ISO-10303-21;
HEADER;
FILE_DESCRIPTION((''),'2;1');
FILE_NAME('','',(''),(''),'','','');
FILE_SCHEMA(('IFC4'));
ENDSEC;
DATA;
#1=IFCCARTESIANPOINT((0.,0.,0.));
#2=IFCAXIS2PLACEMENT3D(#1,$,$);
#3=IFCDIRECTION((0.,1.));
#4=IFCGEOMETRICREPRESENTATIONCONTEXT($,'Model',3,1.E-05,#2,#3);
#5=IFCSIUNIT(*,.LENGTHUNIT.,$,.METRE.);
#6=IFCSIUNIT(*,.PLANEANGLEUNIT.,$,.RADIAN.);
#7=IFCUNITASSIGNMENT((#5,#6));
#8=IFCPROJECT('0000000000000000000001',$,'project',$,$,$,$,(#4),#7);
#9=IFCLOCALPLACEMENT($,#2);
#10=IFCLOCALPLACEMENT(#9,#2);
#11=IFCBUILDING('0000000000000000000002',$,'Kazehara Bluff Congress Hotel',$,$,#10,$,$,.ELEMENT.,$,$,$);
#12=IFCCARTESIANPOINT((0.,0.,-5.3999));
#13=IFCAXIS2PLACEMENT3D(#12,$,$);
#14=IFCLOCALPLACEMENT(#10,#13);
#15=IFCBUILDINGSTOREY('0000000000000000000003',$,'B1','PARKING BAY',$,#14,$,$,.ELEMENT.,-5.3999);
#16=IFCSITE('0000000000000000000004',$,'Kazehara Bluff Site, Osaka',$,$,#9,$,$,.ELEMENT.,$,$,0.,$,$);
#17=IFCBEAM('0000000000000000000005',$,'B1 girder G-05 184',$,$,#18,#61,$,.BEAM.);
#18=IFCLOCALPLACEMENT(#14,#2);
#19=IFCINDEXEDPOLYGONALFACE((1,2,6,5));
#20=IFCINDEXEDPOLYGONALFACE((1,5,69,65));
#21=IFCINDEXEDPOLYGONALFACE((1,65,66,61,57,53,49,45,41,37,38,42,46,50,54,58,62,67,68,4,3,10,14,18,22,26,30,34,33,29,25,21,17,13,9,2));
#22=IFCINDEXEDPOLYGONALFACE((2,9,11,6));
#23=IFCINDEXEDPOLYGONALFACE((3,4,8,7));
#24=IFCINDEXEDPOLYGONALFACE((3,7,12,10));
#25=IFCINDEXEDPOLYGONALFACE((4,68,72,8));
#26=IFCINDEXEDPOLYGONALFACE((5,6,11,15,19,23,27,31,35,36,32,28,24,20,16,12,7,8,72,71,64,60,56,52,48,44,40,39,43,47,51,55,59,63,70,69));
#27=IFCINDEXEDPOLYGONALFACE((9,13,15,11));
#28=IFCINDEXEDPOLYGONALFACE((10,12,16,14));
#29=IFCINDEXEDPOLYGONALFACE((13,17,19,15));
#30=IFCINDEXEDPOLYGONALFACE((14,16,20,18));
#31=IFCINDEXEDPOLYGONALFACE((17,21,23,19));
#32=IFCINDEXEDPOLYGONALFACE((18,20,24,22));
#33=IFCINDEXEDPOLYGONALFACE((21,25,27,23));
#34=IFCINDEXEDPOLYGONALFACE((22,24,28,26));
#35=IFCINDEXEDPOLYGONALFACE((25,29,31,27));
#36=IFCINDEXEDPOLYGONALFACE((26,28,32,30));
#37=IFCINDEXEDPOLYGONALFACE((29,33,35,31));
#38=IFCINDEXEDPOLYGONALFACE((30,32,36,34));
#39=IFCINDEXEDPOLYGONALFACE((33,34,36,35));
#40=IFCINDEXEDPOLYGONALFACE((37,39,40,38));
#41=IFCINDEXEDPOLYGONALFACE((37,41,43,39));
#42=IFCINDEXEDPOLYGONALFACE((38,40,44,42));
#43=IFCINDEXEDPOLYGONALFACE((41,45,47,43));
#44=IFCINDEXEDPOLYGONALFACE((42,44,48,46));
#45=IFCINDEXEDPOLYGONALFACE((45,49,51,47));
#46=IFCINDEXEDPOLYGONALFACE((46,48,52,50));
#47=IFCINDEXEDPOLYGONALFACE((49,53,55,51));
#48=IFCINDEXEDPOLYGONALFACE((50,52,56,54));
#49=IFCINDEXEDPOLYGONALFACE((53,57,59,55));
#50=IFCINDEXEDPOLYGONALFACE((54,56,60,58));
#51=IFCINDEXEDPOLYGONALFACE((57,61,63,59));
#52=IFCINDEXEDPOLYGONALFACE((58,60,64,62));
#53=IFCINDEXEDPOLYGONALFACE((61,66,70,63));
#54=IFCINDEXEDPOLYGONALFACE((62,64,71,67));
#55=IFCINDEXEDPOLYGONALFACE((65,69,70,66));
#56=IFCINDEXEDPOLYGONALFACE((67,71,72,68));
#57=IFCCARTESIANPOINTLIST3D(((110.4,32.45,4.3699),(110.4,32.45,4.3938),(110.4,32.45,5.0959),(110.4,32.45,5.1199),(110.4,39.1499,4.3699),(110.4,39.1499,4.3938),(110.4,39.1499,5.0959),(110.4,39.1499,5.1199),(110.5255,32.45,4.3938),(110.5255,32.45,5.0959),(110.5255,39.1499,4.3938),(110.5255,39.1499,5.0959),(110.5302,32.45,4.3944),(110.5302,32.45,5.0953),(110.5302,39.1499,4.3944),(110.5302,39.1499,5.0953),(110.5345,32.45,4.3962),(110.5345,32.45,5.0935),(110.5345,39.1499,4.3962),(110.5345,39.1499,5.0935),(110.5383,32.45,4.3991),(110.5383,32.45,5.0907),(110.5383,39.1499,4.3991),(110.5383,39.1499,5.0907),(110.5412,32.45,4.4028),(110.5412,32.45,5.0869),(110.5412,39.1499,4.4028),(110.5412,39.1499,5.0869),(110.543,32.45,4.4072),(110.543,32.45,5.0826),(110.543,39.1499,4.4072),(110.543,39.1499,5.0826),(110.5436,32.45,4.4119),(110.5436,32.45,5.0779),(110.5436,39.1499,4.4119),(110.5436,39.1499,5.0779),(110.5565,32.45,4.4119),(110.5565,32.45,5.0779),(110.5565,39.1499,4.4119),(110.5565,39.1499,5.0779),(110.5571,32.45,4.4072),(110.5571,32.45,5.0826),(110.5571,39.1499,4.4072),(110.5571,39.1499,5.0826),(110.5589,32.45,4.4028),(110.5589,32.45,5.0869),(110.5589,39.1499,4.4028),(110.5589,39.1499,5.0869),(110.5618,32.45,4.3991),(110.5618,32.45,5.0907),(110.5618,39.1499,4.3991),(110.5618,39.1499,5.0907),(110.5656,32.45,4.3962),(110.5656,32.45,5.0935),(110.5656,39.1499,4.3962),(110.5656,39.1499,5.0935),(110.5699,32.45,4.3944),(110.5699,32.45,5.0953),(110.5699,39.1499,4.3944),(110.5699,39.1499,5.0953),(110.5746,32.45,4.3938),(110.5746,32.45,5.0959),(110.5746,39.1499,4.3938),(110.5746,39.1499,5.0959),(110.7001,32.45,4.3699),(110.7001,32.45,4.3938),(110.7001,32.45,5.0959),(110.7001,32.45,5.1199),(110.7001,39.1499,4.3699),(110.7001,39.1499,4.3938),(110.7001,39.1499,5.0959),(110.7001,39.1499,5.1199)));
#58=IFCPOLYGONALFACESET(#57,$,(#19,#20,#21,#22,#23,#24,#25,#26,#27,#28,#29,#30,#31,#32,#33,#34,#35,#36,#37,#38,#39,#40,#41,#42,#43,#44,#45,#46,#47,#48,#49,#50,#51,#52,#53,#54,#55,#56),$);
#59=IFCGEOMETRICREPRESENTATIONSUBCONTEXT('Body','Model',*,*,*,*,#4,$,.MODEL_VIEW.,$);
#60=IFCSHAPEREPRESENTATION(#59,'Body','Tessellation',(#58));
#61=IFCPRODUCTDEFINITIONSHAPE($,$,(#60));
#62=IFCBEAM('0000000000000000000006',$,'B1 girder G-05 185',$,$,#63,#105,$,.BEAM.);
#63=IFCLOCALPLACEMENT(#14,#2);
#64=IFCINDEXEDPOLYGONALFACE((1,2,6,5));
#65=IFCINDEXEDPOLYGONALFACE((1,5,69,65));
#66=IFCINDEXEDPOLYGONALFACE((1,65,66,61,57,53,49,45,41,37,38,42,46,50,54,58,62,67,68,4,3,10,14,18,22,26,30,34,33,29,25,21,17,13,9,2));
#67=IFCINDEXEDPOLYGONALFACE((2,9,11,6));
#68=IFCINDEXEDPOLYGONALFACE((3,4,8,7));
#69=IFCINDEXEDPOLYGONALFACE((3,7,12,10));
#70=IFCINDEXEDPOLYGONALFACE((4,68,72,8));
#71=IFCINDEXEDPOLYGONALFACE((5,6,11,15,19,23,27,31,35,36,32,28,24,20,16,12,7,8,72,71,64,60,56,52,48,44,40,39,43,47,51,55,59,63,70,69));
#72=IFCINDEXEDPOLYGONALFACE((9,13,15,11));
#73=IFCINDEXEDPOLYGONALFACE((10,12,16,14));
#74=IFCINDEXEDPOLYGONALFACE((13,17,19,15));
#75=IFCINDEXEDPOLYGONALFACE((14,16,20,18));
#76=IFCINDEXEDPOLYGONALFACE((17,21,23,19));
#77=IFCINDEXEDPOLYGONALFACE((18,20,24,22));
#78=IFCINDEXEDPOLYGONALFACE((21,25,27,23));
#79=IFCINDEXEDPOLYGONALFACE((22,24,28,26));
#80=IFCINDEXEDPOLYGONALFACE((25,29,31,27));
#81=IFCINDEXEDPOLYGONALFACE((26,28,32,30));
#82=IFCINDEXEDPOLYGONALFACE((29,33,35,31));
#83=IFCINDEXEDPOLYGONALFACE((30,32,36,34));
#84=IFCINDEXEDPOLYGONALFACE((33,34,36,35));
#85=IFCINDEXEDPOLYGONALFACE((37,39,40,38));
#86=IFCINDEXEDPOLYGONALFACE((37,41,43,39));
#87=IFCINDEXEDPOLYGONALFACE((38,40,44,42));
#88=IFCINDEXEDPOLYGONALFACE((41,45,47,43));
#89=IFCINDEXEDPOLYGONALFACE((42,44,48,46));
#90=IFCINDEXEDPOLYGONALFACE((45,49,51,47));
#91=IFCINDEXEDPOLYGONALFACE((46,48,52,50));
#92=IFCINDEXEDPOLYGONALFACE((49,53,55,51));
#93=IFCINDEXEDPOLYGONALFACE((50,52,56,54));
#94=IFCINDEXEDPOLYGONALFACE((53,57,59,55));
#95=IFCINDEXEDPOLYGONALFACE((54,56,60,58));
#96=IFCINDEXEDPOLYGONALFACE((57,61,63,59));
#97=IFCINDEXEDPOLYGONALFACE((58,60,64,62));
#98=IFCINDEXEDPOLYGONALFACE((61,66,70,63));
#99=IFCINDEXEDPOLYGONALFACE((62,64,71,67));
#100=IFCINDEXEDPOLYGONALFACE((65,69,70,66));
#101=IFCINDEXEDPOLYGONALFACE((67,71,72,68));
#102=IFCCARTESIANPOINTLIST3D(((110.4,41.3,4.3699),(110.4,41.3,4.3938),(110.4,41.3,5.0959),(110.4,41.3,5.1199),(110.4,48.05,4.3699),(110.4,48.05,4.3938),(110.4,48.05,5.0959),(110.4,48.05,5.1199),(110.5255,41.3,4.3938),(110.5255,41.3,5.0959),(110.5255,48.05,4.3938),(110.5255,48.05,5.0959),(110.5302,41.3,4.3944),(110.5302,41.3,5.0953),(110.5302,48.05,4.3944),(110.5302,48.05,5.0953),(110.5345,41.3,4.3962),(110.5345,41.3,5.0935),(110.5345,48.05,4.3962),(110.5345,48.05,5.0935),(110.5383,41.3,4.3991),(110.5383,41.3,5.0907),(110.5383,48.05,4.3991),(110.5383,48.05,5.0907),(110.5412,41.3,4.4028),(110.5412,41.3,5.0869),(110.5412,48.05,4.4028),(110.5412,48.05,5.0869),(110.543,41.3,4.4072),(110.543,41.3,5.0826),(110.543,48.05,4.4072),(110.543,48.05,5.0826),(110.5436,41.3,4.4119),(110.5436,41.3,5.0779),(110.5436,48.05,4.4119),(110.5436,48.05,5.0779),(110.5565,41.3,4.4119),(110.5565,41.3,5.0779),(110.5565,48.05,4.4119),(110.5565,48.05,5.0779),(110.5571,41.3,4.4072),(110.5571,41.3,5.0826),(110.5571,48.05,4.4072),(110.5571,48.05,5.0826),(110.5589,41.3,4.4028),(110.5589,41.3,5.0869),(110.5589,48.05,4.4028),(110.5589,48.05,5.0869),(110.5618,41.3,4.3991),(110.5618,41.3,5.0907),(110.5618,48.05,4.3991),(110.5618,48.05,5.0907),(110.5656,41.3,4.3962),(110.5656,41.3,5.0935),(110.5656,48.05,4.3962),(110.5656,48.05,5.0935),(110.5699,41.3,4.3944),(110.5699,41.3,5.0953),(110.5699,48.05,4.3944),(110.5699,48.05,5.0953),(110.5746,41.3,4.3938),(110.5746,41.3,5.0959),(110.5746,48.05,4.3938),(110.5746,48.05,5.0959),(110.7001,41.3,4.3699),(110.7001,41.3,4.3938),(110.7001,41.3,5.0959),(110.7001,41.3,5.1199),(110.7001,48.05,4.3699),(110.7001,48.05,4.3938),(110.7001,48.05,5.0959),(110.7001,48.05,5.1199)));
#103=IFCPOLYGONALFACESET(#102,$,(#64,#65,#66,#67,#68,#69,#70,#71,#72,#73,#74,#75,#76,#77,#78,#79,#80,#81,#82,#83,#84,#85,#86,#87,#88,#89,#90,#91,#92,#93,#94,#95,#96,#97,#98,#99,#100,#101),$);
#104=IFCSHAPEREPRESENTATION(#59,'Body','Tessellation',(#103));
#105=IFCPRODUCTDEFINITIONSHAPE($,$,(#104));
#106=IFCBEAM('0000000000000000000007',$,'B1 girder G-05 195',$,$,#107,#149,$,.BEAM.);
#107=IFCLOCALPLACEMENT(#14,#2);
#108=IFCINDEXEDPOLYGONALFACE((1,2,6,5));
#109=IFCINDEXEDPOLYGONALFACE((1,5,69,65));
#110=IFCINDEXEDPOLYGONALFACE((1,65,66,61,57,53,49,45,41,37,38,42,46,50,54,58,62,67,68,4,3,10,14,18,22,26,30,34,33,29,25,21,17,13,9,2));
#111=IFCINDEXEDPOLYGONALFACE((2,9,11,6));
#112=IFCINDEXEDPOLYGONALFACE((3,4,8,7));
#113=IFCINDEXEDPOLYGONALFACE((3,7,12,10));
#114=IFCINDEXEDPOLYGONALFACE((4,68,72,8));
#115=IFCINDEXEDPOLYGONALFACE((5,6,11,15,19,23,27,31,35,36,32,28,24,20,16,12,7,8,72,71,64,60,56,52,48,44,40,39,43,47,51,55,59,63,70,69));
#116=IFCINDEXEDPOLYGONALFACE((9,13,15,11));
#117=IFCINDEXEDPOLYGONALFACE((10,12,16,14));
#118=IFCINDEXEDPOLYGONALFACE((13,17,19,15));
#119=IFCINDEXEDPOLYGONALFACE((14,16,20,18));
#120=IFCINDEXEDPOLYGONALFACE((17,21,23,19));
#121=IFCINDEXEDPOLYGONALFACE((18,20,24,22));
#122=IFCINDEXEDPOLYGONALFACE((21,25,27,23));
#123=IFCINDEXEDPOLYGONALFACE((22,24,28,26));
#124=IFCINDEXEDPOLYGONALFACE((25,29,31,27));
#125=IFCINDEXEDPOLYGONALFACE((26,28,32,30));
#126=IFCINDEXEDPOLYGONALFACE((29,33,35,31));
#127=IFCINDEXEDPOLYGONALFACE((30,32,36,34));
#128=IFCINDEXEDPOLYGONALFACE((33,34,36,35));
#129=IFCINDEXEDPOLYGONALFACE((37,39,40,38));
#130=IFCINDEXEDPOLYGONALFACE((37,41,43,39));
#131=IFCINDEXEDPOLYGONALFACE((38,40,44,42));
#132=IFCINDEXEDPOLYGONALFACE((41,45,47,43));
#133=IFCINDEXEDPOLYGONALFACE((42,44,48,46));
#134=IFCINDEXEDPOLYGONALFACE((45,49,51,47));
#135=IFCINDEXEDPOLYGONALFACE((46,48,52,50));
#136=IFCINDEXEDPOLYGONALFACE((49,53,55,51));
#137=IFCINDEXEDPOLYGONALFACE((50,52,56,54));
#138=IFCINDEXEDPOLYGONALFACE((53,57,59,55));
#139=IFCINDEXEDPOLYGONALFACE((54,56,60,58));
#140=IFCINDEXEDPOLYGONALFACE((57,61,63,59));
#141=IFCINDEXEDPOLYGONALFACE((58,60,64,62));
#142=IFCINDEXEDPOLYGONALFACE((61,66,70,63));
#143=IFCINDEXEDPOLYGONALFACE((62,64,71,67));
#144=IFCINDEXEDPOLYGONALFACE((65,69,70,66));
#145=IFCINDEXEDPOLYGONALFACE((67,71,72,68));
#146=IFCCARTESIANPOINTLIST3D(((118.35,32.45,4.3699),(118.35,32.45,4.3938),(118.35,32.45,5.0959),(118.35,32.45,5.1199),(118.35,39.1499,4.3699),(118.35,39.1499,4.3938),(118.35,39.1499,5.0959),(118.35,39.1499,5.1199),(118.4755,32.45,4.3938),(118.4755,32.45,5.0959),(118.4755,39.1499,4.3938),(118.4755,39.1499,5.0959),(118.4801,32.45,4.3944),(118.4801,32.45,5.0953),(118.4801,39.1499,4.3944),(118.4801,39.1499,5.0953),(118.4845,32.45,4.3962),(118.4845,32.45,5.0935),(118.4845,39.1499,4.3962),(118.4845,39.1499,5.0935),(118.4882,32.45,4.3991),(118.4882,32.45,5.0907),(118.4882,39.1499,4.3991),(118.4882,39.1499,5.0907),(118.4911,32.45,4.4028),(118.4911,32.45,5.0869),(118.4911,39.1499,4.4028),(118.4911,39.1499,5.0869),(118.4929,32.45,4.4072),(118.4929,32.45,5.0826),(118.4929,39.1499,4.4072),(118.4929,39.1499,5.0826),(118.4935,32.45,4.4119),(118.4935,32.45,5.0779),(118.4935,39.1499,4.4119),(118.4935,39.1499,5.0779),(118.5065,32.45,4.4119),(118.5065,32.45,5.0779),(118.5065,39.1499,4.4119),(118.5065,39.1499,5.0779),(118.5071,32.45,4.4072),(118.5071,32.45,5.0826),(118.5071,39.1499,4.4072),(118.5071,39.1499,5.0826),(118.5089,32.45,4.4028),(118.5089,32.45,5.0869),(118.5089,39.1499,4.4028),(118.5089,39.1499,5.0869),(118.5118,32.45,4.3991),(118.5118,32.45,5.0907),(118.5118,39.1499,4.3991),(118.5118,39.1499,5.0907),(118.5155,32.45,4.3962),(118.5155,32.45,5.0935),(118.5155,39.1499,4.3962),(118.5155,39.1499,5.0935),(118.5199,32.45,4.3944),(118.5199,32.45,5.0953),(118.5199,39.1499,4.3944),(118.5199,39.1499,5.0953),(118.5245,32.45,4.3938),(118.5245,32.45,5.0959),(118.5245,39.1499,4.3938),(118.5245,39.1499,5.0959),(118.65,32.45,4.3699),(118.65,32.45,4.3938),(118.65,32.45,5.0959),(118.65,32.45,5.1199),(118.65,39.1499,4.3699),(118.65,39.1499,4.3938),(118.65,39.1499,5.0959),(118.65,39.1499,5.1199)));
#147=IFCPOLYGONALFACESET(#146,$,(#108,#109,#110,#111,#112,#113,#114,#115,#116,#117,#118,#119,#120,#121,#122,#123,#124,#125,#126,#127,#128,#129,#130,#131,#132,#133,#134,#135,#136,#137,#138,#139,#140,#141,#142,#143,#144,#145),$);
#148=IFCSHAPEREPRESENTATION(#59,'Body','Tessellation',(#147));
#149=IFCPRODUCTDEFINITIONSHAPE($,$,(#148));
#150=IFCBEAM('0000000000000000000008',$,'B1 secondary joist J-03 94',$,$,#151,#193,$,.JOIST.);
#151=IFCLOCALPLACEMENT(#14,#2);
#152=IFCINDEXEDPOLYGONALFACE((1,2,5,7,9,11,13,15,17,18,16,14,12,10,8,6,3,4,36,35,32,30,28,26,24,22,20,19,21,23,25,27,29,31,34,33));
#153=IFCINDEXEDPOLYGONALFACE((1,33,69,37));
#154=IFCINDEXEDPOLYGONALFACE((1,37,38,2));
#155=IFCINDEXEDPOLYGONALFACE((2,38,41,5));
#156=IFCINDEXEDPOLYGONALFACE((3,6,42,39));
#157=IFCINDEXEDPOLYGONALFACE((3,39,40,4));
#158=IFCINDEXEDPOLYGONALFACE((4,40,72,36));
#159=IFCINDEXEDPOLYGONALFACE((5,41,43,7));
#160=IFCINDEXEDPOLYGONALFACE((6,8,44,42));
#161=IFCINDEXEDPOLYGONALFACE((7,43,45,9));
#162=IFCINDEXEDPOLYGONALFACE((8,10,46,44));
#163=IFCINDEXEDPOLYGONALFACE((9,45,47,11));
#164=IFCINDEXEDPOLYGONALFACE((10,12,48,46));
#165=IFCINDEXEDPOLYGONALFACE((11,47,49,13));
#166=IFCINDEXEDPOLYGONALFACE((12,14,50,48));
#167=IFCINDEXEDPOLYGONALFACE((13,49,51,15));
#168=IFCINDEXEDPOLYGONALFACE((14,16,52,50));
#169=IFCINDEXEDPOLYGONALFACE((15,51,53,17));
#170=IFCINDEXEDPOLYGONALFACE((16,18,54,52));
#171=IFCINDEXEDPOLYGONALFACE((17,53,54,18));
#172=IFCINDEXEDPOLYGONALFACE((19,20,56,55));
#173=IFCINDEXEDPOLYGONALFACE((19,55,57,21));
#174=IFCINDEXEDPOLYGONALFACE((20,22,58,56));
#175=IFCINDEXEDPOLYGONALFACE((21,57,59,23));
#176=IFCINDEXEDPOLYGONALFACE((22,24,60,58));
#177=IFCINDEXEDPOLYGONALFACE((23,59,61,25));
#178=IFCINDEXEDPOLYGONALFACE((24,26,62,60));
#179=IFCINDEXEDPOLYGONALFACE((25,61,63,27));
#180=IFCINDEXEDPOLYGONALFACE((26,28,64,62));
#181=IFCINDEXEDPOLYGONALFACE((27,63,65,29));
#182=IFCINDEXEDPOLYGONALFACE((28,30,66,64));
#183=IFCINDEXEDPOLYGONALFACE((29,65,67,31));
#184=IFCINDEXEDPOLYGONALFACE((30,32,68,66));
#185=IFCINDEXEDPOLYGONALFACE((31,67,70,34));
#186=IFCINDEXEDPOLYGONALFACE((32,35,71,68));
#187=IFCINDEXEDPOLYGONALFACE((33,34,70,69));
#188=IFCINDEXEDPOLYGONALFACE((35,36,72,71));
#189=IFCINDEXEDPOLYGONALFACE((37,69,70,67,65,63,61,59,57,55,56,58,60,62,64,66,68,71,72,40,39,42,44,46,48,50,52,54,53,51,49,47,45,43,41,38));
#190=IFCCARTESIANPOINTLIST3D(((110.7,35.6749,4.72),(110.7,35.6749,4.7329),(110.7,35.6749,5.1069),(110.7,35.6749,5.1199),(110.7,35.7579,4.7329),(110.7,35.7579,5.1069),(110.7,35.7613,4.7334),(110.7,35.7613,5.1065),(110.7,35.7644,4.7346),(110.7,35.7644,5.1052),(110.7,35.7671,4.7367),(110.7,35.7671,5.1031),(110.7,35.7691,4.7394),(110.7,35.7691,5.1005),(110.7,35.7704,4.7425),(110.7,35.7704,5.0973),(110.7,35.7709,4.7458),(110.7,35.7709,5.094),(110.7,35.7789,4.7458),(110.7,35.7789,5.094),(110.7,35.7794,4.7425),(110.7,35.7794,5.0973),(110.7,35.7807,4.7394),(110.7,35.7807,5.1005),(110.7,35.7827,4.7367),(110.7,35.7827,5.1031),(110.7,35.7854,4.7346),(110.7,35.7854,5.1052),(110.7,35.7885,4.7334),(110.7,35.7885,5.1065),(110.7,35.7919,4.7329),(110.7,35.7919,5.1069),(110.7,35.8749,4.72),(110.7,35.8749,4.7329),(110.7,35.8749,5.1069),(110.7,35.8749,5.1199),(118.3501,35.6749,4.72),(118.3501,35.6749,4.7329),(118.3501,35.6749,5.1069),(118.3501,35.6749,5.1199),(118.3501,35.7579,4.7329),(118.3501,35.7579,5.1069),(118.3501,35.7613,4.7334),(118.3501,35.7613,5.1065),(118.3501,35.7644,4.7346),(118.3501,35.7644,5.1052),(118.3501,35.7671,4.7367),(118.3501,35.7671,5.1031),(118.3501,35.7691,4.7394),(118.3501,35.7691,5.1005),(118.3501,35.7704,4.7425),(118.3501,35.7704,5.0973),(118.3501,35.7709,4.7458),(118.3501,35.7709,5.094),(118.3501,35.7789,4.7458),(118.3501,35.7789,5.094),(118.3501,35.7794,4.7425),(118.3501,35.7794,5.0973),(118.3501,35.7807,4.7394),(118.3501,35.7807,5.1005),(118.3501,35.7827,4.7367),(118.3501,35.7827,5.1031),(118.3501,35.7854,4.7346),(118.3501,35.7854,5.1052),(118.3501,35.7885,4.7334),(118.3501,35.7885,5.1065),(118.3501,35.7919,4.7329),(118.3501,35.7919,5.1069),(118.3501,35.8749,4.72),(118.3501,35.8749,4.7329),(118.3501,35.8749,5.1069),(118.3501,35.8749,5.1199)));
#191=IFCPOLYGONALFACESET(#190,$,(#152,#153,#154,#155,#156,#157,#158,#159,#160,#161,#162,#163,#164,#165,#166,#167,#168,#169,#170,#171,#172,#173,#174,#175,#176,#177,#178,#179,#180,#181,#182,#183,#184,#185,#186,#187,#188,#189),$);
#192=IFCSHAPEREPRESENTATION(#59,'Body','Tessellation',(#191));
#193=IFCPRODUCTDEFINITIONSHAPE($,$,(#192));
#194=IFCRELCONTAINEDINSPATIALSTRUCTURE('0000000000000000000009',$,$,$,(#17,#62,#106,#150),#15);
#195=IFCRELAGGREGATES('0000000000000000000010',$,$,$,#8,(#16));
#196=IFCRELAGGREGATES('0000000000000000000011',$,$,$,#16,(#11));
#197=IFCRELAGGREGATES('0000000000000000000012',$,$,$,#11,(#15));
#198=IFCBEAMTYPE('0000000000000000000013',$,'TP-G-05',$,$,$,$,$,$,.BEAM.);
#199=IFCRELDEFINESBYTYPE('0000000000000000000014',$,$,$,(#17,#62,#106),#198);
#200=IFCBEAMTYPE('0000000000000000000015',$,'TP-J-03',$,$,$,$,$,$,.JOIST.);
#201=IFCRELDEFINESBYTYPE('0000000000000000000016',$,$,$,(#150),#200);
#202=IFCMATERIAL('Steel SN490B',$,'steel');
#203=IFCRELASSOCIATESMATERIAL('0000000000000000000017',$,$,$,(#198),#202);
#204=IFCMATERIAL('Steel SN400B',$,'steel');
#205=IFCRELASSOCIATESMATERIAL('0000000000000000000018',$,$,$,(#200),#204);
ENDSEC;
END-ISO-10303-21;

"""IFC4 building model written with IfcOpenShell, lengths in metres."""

from ifc_helpers import new_model, si_unit, direction, frame, origin, origin_2d, place, context, subcontext, project, spatial, i_section, extrude, material, material_profile, profile_set, type_object, element, save


model = new_model("IFC4")

# Units and contexts
model_context = context("Model", 3, precision=1e-05, world=origin(), true_north=direction((0.0, 1.0)))
body_context = subcontext(model_context, "Body", "Model", "MODEL_VIEW")
ifc_project = project(units=[si_unit("LENGTHUNIT", "METRE"), si_unit("PLANEANGLEUNIT", "RADIAN")], contexts=[model_context])

# Site, building, storey
site_placement = place(None, origin())
site = spatial("IfcSite", under=ifc_project, at=site_placement, Name="Kazehara Bluff Site, Osaka", CompositionType="ELEMENT", RefElevation=0.0)
building_placement = place(site_placement, origin())
building = spatial("IfcBuilding", under=site, at=building_placement, Name="Kazehara Bluff Congress Hotel", CompositionType="ELEMENT")
storey_placement = place(building_placement, frame((0.0, 0.0, -5.3999)))
storey = spatial("IfcBuildingStorey", under=building, at=storey_placement, Name="B1", Description="PARKING BAY", CompositionType="ELEMENT", Elevation=-5.3999)

# Beams
ifc_material_1 = material(Name="Steel SN490B", Category="steel")
ifc_material_profile_1 = material_profile(ifc_material_1, i_section(OverallWidth=0.3, OverallDepth=0.75, WebThickness=0.0129, FlangeThickness=0.0239, FilletRadius=0.0181, at=origin_2d()))
ifc_profile_set_1 = profile_set([ifc_material_profile_1], Name="Steel SN490B")
beam_type_1 = type_object("IfcBeamType", Name="TP-G-05", PredefinedType="BEAM", material=ifc_profile_set_1)
beam_1_placement = place(storey_placement, frame((110.55, 32.45, 4.7449), z_axis=(0.0, 1.0, 0.0), x_axis=(-1.0, 0.0, 0.0)))
element("IfcBeam", 1, at=beam_1_placement, inside=storey, type_object=beam_type_1, Name="B1 girder G-05 184", PredefinedType="BEAM", context=body_context, shape_type="SweptSolid", body=[
    extrude(i_section(OverallWidth=0.3, OverallDepth=0.75, WebThickness=0.0129, FlangeThickness=0.0239, FilletRadius=0.0181, at=origin_2d()), origin(), (0.0, 0.0, 1.0), 6.7),
])
beam_2_placement = place(storey_placement, frame((110.55, 41.3, 4.7449), z_axis=(0.0, 1.0, 0.0), x_axis=(-1.0, 0.0, 0.0)))
element("IfcBeam", 2, at=beam_2_placement, inside=storey, type_object=beam_type_1, Name="B1 girder G-05 185", PredefinedType="BEAM", context=body_context, shape_type="SweptSolid", body=[
    extrude(i_section(OverallWidth=0.3, OverallDepth=0.75, WebThickness=0.0129, FlangeThickness=0.0239, FilletRadius=0.0181, at=origin_2d()), origin(), (0.0, 0.0, 1.0), 6.75),
])
beam_3_placement = place(storey_placement, frame((118.5, 32.45, 4.7449), z_axis=(0.0, 1.0, 0.0), x_axis=(-1.0, 0.0, 0.0)))
element("IfcBeam", 3, at=beam_3_placement, inside=storey, type_object=beam_type_1, Name="B1 girder G-05 195", PredefinedType="BEAM", context=body_context, shape_type="SweptSolid", body=[
    extrude(i_section(OverallWidth=0.3, OverallDepth=0.75, WebThickness=0.0129, FlangeThickness=0.0239, FilletRadius=0.0181, at=origin_2d()), origin(), (0.0, 0.0, 1.0), 6.7),
])
ifc_material_2 = material(Name="Steel SN400B", Category="steel")
ifc_material_profile_2 = material_profile(ifc_material_2, i_section(OverallWidth=0.2, OverallDepth=0.3999, WebThickness=0.0081, FlangeThickness=0.0129, FilletRadius=0.0129, at=origin_2d()))
ifc_profile_set_2 = profile_set([ifc_material_profile_2], Name="Steel SN400B")
beam_type_2 = type_object("IfcBeamType", Name="TP-J-03", PredefinedType="JOIST", material=ifc_profile_set_2)
beam_4_placement = place(storey_placement, frame((110.7, 35.7749, 4.9199), z_axis=(1.0, 0.0, 0.0), x_axis=(0.0, 1.0, 0.0)))
element("IfcBeam", 4, at=beam_4_placement, inside=storey, type_object=beam_type_2, Name="B1 secondary joist J-03 94", PredefinedType="JOIST", context=body_context, shape_type="SweptSolid", body=[
    extrude(i_section(OverallWidth=0.2, OverallDepth=0.3999, WebThickness=0.0081, FlangeThickness=0.0129, FilletRadius=0.0129, at=origin_2d()), origin(), (0.0, 0.0, 1.0), 7.6501),
])

save(model, "model.ifc")
